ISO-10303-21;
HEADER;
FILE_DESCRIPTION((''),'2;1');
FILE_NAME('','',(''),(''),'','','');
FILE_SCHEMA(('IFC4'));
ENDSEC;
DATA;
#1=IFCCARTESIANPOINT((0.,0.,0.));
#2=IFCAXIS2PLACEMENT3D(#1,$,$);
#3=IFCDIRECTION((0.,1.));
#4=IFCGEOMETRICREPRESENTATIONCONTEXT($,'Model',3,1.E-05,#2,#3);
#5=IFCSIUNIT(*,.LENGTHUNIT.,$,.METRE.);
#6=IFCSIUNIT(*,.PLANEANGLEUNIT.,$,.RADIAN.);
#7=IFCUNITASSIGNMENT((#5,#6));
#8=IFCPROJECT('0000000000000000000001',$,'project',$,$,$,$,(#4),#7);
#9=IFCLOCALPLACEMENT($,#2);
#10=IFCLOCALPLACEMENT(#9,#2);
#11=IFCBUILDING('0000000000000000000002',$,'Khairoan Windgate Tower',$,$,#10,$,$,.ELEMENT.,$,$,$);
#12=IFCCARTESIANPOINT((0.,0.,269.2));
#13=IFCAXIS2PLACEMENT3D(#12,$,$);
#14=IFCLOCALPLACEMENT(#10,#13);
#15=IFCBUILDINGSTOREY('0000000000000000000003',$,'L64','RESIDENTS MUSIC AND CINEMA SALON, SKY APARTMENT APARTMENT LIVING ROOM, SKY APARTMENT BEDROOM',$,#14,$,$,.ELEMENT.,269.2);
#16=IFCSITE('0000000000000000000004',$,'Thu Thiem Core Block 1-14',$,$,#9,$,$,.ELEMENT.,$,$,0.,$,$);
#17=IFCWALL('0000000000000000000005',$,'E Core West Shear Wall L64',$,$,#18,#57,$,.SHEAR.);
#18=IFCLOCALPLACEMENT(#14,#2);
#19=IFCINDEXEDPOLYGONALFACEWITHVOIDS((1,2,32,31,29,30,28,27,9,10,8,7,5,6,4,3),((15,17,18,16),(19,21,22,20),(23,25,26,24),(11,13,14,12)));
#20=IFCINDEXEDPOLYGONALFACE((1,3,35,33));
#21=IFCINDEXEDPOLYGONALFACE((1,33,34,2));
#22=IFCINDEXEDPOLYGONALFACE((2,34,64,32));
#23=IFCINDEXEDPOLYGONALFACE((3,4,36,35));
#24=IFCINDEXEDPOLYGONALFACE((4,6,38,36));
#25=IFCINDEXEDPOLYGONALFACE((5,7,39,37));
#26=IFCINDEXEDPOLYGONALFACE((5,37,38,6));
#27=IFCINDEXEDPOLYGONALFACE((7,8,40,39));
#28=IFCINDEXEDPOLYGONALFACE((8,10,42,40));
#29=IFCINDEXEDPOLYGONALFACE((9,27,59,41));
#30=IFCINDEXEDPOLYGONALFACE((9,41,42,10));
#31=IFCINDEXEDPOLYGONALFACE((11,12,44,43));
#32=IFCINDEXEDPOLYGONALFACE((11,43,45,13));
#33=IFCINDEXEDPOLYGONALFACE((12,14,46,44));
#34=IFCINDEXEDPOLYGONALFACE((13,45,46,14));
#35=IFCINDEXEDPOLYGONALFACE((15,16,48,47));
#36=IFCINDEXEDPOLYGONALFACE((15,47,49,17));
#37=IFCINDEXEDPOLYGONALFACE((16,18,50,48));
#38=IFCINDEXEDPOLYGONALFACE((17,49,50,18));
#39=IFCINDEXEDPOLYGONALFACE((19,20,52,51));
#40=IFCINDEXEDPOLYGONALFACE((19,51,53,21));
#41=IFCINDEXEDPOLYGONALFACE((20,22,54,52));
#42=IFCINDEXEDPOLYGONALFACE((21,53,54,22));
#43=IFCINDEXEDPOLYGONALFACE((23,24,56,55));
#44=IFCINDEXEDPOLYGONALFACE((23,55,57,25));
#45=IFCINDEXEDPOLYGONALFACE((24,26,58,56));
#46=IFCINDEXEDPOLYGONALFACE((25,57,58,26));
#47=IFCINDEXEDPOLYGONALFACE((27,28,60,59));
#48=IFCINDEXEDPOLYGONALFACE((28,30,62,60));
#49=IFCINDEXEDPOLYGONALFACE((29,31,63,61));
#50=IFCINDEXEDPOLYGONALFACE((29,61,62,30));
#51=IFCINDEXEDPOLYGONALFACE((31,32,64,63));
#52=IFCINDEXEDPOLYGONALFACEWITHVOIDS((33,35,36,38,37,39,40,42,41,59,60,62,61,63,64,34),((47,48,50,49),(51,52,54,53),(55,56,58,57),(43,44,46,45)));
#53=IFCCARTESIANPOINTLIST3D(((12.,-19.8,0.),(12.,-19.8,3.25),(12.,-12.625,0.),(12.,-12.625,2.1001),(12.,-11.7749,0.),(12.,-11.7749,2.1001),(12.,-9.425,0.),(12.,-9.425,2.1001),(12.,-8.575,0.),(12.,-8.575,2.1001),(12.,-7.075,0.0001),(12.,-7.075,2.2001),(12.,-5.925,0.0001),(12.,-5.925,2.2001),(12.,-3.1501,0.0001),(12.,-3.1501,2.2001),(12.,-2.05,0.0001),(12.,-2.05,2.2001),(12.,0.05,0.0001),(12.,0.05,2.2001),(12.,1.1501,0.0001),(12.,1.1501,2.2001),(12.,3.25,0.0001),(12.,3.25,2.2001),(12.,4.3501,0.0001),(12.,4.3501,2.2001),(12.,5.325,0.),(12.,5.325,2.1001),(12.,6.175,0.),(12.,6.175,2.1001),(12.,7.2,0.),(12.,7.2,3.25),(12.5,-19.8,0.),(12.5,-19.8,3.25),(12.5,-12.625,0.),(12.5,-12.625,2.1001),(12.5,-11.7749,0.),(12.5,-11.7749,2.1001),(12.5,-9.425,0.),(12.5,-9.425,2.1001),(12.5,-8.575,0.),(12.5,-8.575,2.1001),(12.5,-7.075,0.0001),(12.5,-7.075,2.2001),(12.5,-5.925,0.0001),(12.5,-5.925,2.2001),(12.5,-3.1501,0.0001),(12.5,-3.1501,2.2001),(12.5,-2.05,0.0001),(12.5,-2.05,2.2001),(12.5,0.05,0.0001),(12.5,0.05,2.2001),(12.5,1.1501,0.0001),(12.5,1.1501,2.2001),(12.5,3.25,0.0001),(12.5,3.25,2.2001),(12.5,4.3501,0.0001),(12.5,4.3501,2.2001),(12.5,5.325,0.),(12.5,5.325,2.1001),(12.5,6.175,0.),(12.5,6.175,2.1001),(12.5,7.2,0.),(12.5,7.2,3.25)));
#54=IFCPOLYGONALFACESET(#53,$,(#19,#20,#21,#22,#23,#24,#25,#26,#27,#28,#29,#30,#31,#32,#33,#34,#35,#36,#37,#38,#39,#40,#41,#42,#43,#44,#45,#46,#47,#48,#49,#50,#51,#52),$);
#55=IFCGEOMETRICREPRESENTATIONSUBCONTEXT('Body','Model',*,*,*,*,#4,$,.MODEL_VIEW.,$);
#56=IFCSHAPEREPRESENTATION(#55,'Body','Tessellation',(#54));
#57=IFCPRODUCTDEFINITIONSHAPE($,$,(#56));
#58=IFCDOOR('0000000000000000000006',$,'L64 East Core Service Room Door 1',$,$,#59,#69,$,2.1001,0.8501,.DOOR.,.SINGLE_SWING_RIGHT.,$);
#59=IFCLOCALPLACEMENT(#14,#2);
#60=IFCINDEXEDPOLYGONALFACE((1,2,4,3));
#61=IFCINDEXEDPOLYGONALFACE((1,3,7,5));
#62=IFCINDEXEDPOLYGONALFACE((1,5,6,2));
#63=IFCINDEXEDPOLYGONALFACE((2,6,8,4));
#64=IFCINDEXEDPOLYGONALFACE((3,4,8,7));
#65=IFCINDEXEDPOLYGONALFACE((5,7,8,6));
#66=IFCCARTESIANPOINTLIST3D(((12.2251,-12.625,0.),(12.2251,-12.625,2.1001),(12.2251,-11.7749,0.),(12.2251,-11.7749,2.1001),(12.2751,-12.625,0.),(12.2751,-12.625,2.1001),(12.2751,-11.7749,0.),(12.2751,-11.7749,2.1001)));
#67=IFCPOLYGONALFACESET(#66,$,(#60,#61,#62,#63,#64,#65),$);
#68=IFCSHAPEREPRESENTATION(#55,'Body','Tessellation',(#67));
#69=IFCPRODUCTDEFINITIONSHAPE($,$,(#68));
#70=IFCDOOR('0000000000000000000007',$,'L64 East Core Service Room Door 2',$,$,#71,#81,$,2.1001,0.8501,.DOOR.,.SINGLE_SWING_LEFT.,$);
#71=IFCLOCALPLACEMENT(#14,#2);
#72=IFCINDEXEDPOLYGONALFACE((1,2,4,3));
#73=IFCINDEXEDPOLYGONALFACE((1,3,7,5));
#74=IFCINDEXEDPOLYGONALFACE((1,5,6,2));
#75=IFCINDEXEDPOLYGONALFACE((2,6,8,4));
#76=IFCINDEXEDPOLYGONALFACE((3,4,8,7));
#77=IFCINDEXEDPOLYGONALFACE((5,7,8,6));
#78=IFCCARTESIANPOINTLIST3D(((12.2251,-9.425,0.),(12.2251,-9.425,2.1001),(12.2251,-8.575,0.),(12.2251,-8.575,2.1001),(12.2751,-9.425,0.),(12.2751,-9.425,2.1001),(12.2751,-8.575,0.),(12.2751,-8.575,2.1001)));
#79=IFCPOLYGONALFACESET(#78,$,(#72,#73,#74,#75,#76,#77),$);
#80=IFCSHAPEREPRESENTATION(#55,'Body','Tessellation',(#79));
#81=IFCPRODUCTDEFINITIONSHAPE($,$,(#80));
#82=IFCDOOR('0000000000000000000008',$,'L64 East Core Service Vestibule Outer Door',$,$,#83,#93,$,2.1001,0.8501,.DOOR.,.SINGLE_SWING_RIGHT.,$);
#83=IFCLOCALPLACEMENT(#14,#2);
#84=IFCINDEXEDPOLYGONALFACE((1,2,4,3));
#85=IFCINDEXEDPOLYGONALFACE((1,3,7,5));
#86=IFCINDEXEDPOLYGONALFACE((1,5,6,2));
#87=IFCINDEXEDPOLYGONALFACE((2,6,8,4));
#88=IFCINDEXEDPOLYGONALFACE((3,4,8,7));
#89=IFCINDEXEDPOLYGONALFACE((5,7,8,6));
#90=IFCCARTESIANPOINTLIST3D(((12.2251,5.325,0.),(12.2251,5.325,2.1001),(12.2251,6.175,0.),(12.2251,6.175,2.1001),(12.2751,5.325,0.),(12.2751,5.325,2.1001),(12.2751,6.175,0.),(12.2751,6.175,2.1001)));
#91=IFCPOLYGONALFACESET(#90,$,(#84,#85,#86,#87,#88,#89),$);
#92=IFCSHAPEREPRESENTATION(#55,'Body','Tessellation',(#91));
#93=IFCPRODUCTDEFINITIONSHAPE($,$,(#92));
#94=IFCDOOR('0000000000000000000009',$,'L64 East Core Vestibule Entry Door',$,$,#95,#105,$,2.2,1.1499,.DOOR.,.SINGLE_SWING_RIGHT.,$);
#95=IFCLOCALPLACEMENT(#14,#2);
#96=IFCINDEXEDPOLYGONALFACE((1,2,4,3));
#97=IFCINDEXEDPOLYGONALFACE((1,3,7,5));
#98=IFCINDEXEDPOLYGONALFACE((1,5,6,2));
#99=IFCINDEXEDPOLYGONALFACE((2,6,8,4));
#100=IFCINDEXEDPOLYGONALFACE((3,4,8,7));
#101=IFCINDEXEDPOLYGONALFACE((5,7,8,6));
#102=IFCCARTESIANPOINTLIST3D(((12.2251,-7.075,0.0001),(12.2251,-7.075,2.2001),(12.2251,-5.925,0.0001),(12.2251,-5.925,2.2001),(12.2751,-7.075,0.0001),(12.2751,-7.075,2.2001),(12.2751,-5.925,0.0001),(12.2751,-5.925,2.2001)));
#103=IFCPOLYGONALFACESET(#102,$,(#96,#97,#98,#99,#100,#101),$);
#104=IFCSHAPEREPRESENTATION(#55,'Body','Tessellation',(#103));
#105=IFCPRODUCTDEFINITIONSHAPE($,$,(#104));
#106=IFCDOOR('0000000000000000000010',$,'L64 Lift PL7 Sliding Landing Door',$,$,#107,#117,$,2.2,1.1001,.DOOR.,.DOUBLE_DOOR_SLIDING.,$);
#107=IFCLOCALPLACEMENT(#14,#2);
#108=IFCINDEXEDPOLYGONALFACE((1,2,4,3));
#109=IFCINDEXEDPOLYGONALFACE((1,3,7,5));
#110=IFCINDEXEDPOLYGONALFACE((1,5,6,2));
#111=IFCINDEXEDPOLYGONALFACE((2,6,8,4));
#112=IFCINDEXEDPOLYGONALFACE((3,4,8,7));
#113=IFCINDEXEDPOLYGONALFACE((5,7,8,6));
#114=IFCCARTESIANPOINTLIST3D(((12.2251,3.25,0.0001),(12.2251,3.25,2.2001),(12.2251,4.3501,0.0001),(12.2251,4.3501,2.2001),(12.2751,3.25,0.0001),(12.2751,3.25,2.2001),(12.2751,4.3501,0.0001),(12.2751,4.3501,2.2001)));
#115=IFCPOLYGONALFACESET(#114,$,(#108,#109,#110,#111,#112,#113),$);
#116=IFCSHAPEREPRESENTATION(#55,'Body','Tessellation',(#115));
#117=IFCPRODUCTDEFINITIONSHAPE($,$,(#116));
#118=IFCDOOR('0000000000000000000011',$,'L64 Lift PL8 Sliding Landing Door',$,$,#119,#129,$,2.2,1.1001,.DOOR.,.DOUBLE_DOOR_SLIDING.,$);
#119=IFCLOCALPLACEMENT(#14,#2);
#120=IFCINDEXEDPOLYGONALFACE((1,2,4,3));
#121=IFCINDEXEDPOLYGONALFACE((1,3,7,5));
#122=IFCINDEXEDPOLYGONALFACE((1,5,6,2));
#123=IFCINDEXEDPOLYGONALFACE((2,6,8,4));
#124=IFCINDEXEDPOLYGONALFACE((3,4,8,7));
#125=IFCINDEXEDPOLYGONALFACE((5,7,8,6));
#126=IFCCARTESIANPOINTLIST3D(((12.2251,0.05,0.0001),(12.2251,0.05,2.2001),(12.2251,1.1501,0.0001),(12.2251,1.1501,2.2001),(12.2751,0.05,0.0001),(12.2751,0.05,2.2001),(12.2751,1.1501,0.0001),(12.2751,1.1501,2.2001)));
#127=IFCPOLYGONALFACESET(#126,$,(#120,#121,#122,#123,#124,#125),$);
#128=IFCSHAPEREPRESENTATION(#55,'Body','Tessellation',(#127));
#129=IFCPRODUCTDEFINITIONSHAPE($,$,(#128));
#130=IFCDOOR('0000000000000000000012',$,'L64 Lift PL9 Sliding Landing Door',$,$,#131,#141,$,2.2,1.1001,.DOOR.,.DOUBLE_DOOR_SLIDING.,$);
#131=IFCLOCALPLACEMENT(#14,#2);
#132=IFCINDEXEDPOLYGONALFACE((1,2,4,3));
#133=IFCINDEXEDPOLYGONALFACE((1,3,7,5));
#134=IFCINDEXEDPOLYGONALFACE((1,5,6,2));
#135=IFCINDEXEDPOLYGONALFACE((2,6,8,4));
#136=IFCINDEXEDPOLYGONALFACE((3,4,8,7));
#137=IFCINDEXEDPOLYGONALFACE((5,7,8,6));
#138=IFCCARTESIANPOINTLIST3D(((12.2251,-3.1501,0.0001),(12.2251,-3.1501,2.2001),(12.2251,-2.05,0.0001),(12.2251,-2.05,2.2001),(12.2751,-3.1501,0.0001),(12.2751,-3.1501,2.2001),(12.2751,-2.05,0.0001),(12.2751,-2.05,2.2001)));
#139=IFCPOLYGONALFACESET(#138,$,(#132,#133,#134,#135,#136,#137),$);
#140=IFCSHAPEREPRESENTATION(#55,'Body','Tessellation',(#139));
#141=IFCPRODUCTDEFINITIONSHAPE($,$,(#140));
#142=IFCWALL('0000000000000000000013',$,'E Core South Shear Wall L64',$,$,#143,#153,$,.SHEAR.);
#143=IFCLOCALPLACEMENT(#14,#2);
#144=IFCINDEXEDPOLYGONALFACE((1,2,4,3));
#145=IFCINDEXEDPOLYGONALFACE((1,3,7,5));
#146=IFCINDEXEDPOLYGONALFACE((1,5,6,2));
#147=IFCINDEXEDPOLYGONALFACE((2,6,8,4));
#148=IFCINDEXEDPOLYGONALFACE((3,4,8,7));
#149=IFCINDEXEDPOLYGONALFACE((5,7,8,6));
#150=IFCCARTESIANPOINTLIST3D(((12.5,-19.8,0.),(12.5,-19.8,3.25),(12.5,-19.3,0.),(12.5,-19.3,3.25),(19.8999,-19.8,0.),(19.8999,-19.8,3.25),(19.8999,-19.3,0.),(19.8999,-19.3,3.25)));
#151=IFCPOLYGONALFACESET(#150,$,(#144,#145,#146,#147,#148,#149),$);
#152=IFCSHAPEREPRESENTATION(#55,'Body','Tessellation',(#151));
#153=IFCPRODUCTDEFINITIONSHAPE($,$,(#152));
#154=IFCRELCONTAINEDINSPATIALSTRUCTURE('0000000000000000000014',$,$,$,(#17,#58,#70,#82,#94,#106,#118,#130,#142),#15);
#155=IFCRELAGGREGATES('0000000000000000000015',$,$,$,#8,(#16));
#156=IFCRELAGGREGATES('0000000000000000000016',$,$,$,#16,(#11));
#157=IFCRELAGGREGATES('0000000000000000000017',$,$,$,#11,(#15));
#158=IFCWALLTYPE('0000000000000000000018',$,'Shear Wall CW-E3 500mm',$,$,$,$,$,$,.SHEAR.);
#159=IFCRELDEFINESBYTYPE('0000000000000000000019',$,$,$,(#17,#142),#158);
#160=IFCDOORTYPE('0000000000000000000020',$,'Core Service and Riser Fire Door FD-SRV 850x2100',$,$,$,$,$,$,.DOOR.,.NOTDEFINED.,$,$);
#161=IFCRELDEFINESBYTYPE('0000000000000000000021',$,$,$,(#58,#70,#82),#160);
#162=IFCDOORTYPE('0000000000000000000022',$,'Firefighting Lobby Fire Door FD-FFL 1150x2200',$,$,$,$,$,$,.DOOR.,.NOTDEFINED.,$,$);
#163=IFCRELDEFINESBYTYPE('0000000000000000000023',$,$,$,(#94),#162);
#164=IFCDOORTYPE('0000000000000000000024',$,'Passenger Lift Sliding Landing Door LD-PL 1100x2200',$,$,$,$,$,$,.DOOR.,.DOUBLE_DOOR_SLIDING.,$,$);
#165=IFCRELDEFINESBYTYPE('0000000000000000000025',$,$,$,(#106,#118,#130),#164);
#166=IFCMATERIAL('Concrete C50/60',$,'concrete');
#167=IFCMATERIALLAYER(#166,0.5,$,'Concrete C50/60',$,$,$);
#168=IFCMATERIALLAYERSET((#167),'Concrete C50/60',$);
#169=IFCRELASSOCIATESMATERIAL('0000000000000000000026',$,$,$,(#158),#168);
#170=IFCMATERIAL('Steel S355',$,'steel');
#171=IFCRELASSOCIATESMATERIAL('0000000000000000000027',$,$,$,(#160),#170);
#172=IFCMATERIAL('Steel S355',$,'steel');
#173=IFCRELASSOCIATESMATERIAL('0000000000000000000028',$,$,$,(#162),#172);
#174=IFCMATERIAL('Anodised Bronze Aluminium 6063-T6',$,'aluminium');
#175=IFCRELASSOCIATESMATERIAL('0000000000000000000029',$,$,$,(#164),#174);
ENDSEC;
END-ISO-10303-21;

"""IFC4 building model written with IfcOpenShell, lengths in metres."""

from ifc_helpers import new_model, si_unit, direction, frame, frame_2d, origin, place, context, subcontext, project, spatial, rectangle, extrude, material, layer, layer_set, type_object, element, fill, save


model = new_model("IFC4")

# Units and contexts
model_context = context("Model", 3, precision=1e-05, world=origin(), true_north=direction((0.0, 1.0)))
body_context = subcontext(model_context, "Body", "Model", "MODEL_VIEW")
ifc_project = project(units=[si_unit("LENGTHUNIT", "METRE"), si_unit("PLANEANGLEUNIT", "RADIAN")], contexts=[model_context])

# Site, building, storey
site_placement = place(None, origin())
site = spatial("IfcSite", under=ifc_project, at=site_placement, Name="Thu Thiem Core Block 1-14", CompositionType="ELEMENT", RefElevation=0.0)
building_placement = place(site_placement, origin())
building = spatial("IfcBuilding", under=site, at=building_placement, Name="Khairoan Windgate Tower", CompositionType="ELEMENT")
storey_placement = place(building_placement, frame((0.0, 0.0, 269.2)))
storey = spatial("IfcBuildingStorey", under=building, at=storey_placement, Name="L64", Description="RESIDENTS MUSIC AND CINEMA SALON, SKY APARTMENT APARTMENT LIVING ROOM, SKY APARTMENT BEDROOM", CompositionType="ELEMENT", Elevation=269.2)

# Wall, openings, doors
ifc_material_1 = material(Name="Concrete C50/60", Category="concrete")
ifc_layer_1 = layer(ifc_material_1, 0.5, Name="Concrete C50/60")
ifc_layer_set_1 = layer_set([ifc_layer_1], Name="Concrete C50/60")
wall_type_1 = type_object("IfcWallType", Name="Shear Wall CW-E3 500mm", PredefinedType="SHEAR", material=ifc_layer_set_1)
wall_1_placement = place(storey_placement, frame((12.25, -19.8, 0.0), z_axis=(0.0, 0.0, 1.0), x_axis=(0.0, 1.0, 0.0)))
wall_1 = element("IfcWall", 1, at=wall_1_placement, inside=storey, type_object=wall_type_1, Name="E Core West Shear Wall L64", PredefinedType="SHEAR", context=body_context, shape_type="SweptSolid", body=[
    extrude(rectangle(XDim=27.0, YDim=0.5, at=frame_2d((13.5, 0.0))), origin(), (0.0, 0.0, 1.0), 3.25),
])
opening_1_placement = place(wall_1_placement, frame((23.05, 0.0, 0.0)))
opening_1 = element("IfcOpeningElement", 2, at=opening_1_placement, cuts=wall_1, PredefinedType="OPENING", context=body_context, shape_type="SweptSolid", body=[
    extrude(rectangle(XDim=1.1001, YDim=2.2, at=frame_2d((0.55, 1.1001))), frame((0.0, 0.26, 0.0), z_axis=(0.0, -1.0, 0.0), x_axis=(1.0, 0.0, 0.0)), (0.0, 0.0, 1.0), 0.52),
])
opening_2_placement = place(wall_1_placement, frame((19.8501, 0.0, 0.0)))
opening_2 = element("IfcOpeningElement", 3, at=opening_2_placement, cuts=wall_1, PredefinedType="OPENING", context=body_context, shape_type="SweptSolid", body=[
    extrude(rectangle(XDim=1.1001, YDim=2.2, at=frame_2d((0.55, 1.1001))), frame((0.0, 0.26, 0.0), z_axis=(0.0, -1.0, 0.0), x_axis=(1.0, 0.0, 0.0)), (0.0, 0.0, 1.0), 0.52),
])
opening_3_placement = place(wall_1_placement, frame((16.6499, 0.0, 0.0)))
opening_3 = element("IfcOpeningElement", 4, at=opening_3_placement, cuts=wall_1, PredefinedType="OPENING", context=body_context, shape_type="SweptSolid", body=[
    extrude(rectangle(XDim=1.1001, YDim=2.2, at=frame_2d((0.55, 1.1001))), frame((0.0, 0.26, 0.0), z_axis=(0.0, -1.0, 0.0), x_axis=(1.0, 0.0, 0.0)), (0.0, 0.0, 1.0), 0.52),
])
opening_4_placement = place(wall_1_placement, frame((7.175, 0.0, 0.0)))
opening_4 = element("IfcOpeningElement", 5, at=opening_4_placement, cuts=wall_1, PredefinedType="OPENING", context=body_context, shape_type="SweptSolid", body=[
    extrude(rectangle(XDim=0.8501, YDim=2.1001, at=frame_2d((0.425, 1.05))), frame((0.0, 0.26, 0.0), z_axis=(0.0, -1.0, 0.0), x_axis=(1.0, 0.0, 0.0)), (0.0, 0.0, 1.0), 0.52),
])
opening_5_placement = place(wall_1_placement, frame((10.375, 0.0, 0.0)))
opening_5 = element("IfcOpeningElement", 6, at=opening_5_placement, cuts=wall_1, PredefinedType="OPENING", context=body_context, shape_type="SweptSolid", body=[
    extrude(rectangle(XDim=0.8501, YDim=2.1001, at=frame_2d((0.425, 1.05))), frame((0.0, 0.26, 0.0), z_axis=(0.0, -1.0, 0.0), x_axis=(1.0, 0.0, 0.0)), (0.0, 0.0, 1.0), 0.52),
])
opening_6_placement = place(wall_1_placement, frame((12.7251, 0.0, 0.0)))
opening_6 = element("IfcOpeningElement", 7, at=opening_6_placement, cuts=wall_1, PredefinedType="OPENING", context=body_context, shape_type="SweptSolid", body=[
    extrude(rectangle(XDim=1.1499, YDim=2.2, at=frame_2d((0.575, 1.1001))), frame((0.0, 0.26, 0.0), z_axis=(0.0, -1.0, 0.0), x_axis=(1.0, 0.0, 0.0)), (0.0, 0.0, 1.0), 0.52),
])
opening_7_placement = place(wall_1_placement, frame((25.125, 0.0, 0.0)))
opening_7 = element("IfcOpeningElement", 8, at=opening_7_placement, cuts=wall_1, PredefinedType="OPENING", context=body_context, shape_type="SweptSolid", body=[
    extrude(rectangle(XDim=0.8501, YDim=2.1001, at=frame_2d((0.425, 1.05))), frame((0.0, 0.26, 0.0), z_axis=(0.0, -1.0, 0.0), x_axis=(1.0, 0.0, 0.0)), (0.0, 0.0, 1.0), 0.52),
])
ifc_material_2 = material(Name="Steel S355", Category="steel")
door_type_1 = type_object("IfcDoorType", Name="Core Service and Riser Fire Door FD-SRV 850x2100", OperationType="NOTDEFINED", PredefinedType="DOOR", material=ifc_material_2)
door_1_placement = place(opening_4_placement, origin())
door_1 = element("IfcDoor", 9, at=door_1_placement, inside=storey, type_object=door_type_1, Name="L64 East Core Service Room Door 1", OperationType="SINGLE_SWING_RIGHT", OverallHeight=2.1001, OverallWidth=0.8501, PredefinedType="DOOR", context=body_context, shape_type="SweptSolid", body=[
    extrude(rectangle(XDim=0.8501, YDim=2.1001, at=frame_2d((0.425, 1.05))), frame((0.0, 0.0249, 0.0), z_axis=(0.0, -1.0, 0.0), x_axis=(1.0, 0.0, 0.0)), (0.0, 0.0, 1.0), 0.05),
])
fill(opening_4, door_1)
door_2_placement = place(opening_5_placement, origin())
door_2 = element("IfcDoor", 10, at=door_2_placement, inside=storey, type_object=door_type_1, Name="L64 East Core Service Room Door 2", OperationType="SINGLE_SWING_LEFT", OverallHeight=2.1001, OverallWidth=0.8501, PredefinedType="DOOR", context=body_context, shape_type="SweptSolid", body=[
    extrude(rectangle(XDim=0.8501, YDim=2.1001, at=frame_2d((0.425, 1.05))), frame((0.0, 0.0249, 0.0), z_axis=(0.0, -1.0, 0.0), x_axis=(1.0, 0.0, 0.0)), (0.0, 0.0, 1.0), 0.05),
])
fill(opening_5, door_2)
door_3_placement = place(opening_7_placement, origin())
door_3 = element("IfcDoor", 11, at=door_3_placement, inside=storey, type_object=door_type_1, Name="L64 East Core Service Vestibule Outer Door", OperationType="SINGLE_SWING_RIGHT", OverallHeight=2.1001, OverallWidth=0.8501, PredefinedType="DOOR", context=body_context, shape_type="SweptSolid", body=[
    extrude(rectangle(XDim=0.8501, YDim=2.1001, at=frame_2d((0.425, 1.05))), frame((0.0, 0.0249, 0.0), z_axis=(0.0, -1.0, 0.0), x_axis=(1.0, 0.0, 0.0)), (0.0, 0.0, 1.0), 0.05),
])
fill(opening_7, door_3)
ifc_material_3 = material(Name="Steel S355", Category="steel")
door_type_2 = type_object("IfcDoorType", Name="Firefighting Lobby Fire Door FD-FFL 1150x2200", OperationType="NOTDEFINED", PredefinedType="DOOR", material=ifc_material_3)
door_4_placement = place(opening_6_placement, origin())
door_4 = element("IfcDoor", 12, at=door_4_placement, inside=storey, type_object=door_type_2, Name="L64 East Core Vestibule Entry Door", OperationType="SINGLE_SWING_RIGHT", OverallHeight=2.2, OverallWidth=1.1499, PredefinedType="DOOR", context=body_context, shape_type="SweptSolid", body=[
    extrude(rectangle(XDim=1.1499, YDim=2.2, at=frame_2d((0.575, 1.1001))), frame((0.0, 0.0249, 0.0), z_axis=(0.0, -1.0, 0.0), x_axis=(1.0, 0.0, 0.0)), (0.0, 0.0, 1.0), 0.05),
])
fill(opening_6, door_4)
ifc_material_4 = material(Name="Anodised Bronze Aluminium 6063-T6", Category="aluminium")
door_type_3 = type_object("IfcDoorType", Name="Passenger Lift Sliding Landing Door LD-PL 1100x2200", OperationType="DOUBLE_DOOR_SLIDING", PredefinedType="DOOR", material=ifc_material_4)
door_5_placement = place(opening_1_placement, origin())
door_5 = element("IfcDoor", 13, at=door_5_placement, inside=storey, type_object=door_type_3, Name="L64 Lift PL7 Sliding Landing Door", OperationType="DOUBLE_DOOR_SLIDING", OverallHeight=2.2, OverallWidth=1.1001, PredefinedType="DOOR", context=body_context, shape_type="SweptSolid", body=[
    extrude(rectangle(XDim=1.1001, YDim=2.2, at=frame_2d((0.55, 1.1001))), frame((0.0, 0.0249, 0.0), z_axis=(0.0, -1.0, 0.0), x_axis=(1.0, 0.0, 0.0)), (0.0, 0.0, 1.0), 0.05),
])
fill(opening_1, door_5)
door_6_placement = place(opening_2_placement, origin())
door_6 = element("IfcDoor", 14, at=door_6_placement, inside=storey, type_object=door_type_3, Name="L64 Lift PL8 Sliding Landing Door", OperationType="DOUBLE_DOOR_SLIDING", OverallHeight=2.2, OverallWidth=1.1001, PredefinedType="DOOR", context=body_context, shape_type="SweptSolid", body=[
    extrude(rectangle(XDim=1.1001, YDim=2.2, at=frame_2d((0.55, 1.1001))), frame((0.0, 0.0249, 0.0), z_axis=(0.0, -1.0, 0.0), x_axis=(1.0, 0.0, 0.0)), (0.0, 0.0, 1.0), 0.05),
])
fill(opening_2, door_6)
door_7_placement = place(opening_3_placement, origin())
door_7 = element("IfcDoor", 15, at=door_7_placement, inside=storey, type_object=door_type_3, Name="L64 Lift PL9 Sliding Landing Door", OperationType="DOUBLE_DOOR_SLIDING", OverallHeight=2.2, OverallWidth=1.1001, PredefinedType="DOOR", context=body_context, shape_type="SweptSolid", body=[
    extrude(rectangle(XDim=1.1001, YDim=2.2, at=frame_2d((0.55, 1.1001))), frame((0.0, 0.0249, 0.0), z_axis=(0.0, -1.0, 0.0), x_axis=(1.0, 0.0, 0.0)), (0.0, 0.0, 1.0), 0.05),
])
fill(opening_3, door_7)

# Wall
wall_2_placement = place(storey_placement, frame((12.5, -19.55, 0.0), z_axis=(0.0, 0.0, 1.0), x_axis=(1.0, 0.0, 0.0)))
element("IfcWall", 16, at=wall_2_placement, inside=storey, type_object=wall_type_1, Name="E Core South Shear Wall L64", PredefinedType="SHEAR", context=body_context, shape_type="SweptSolid", body=[
    extrude(rectangle(XDim=7.3999, YDim=0.5, at=frame_2d((3.7, 0.0))), origin(), (0.0, 0.0, 1.0), 3.25),
])

save(model, "model.ifc")
